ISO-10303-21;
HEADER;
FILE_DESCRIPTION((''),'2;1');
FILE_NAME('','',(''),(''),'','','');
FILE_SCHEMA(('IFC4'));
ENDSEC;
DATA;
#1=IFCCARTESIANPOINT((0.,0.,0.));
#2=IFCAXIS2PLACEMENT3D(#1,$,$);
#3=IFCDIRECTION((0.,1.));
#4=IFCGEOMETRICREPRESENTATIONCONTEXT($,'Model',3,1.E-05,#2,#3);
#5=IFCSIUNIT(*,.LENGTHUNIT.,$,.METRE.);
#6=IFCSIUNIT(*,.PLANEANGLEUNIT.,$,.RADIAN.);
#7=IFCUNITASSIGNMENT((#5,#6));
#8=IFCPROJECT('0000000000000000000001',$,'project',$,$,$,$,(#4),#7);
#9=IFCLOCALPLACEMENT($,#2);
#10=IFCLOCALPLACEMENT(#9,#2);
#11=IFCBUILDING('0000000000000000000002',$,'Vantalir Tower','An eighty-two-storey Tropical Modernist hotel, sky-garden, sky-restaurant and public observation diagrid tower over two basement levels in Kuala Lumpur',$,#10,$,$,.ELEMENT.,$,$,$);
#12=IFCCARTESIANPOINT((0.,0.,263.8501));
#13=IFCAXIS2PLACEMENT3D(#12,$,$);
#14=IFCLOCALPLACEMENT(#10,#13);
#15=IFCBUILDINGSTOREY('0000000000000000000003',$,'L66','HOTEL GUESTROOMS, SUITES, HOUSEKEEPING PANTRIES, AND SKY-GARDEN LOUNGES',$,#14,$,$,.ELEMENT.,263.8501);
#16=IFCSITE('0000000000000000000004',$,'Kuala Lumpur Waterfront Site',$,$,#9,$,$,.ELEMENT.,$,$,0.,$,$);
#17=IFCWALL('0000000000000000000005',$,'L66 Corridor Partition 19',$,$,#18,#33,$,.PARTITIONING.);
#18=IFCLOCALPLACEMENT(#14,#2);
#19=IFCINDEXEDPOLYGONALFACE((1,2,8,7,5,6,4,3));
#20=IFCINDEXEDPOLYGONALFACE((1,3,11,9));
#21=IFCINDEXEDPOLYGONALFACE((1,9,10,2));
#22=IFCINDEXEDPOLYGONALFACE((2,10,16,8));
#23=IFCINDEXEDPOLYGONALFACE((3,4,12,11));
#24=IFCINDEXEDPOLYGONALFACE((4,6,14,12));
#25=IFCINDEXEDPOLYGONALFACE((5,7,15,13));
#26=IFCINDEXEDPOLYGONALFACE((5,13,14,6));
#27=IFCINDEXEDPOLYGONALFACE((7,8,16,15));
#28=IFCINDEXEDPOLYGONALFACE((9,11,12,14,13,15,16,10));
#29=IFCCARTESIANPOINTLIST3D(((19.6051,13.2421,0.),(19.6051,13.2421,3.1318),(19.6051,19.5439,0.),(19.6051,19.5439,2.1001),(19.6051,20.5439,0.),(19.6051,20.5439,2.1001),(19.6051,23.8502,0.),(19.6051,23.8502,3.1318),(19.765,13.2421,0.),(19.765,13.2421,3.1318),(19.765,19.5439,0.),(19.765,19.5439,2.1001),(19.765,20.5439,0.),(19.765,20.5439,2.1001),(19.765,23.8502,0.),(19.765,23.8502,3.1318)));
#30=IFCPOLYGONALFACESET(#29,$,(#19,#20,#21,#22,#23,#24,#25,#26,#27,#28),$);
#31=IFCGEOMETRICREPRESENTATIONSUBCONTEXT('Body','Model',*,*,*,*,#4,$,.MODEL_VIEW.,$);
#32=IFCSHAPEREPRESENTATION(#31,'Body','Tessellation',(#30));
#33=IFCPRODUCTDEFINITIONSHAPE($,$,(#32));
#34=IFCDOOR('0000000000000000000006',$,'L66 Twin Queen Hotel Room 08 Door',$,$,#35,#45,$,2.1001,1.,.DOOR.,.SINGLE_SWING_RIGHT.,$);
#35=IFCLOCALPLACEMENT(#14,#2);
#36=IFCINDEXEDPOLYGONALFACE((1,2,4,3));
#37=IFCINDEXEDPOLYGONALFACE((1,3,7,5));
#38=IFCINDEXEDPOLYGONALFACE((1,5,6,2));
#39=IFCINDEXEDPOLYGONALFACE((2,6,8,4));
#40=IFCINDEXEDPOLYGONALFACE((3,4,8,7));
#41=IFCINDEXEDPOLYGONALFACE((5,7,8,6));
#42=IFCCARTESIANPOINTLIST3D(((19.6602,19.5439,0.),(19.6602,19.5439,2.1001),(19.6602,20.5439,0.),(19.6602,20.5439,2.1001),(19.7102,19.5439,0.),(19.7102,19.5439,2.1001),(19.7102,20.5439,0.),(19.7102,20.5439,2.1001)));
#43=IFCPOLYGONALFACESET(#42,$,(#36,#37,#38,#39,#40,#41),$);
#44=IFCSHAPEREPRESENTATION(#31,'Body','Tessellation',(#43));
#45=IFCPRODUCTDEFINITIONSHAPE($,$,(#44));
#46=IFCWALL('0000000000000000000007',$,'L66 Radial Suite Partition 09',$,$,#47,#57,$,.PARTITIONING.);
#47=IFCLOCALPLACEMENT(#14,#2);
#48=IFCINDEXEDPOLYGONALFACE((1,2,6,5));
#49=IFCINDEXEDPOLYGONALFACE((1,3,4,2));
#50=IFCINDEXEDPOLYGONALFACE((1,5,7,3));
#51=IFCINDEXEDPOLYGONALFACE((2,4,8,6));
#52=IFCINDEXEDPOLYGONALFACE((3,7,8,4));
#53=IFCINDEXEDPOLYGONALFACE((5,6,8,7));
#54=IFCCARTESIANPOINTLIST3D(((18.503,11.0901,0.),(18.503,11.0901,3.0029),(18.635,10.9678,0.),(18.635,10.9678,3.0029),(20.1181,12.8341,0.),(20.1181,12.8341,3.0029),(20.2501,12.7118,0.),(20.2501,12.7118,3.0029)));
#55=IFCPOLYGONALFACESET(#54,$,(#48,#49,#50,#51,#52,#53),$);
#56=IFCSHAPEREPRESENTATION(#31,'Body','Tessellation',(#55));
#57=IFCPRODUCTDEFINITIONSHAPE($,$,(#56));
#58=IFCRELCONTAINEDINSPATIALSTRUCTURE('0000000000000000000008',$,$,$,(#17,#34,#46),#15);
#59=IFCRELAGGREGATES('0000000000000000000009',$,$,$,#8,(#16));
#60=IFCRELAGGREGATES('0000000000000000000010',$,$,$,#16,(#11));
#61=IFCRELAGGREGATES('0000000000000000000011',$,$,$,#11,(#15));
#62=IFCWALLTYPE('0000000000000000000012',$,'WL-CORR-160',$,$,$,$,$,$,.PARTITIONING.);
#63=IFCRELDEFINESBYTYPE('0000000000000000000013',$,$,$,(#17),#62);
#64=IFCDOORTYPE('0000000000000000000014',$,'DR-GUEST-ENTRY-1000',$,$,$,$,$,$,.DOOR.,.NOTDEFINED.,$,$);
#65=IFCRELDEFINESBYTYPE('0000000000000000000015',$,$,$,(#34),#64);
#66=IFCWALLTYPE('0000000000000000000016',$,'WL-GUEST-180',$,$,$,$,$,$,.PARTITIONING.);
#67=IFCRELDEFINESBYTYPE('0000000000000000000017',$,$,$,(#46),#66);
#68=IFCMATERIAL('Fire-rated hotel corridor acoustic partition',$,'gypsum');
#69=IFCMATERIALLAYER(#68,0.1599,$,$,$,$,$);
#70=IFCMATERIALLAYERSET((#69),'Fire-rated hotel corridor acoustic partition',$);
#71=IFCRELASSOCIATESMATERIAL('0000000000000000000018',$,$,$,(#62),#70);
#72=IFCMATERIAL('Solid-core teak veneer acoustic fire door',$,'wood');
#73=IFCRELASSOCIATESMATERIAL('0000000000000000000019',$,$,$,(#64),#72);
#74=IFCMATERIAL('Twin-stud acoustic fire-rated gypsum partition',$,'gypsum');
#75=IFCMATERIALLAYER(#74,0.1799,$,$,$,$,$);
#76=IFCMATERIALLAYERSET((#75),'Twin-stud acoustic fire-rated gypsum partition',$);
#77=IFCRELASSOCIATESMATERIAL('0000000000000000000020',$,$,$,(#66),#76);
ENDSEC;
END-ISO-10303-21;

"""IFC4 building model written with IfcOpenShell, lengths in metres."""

from ifc_helpers import new_model, si_unit, direction, frame, frame_2d, origin, place, context, subcontext, project, spatial, rectangle, extrude, material, layer, layer_set, type_object, element, fill, save


model = new_model("IFC4")

# Units and contexts
model_context = context("Model", 3, precision=1e-05, world=origin(), true_north=direction((0.0, 1.0)))
body_context = subcontext(model_context, "Body", "Model", "MODEL_VIEW")
ifc_project = project(units=[si_unit("LENGTHUNIT", "METRE"), si_unit("PLANEANGLEUNIT", "RADIAN")], contexts=[model_context])

# Site, building, storey
site_placement = place(None, origin())
site = spatial("IfcSite", under=ifc_project, at=site_placement, Name="Kuala Lumpur Waterfront Site", CompositionType="ELEMENT", RefElevation=0.0)
building_placement = place(site_placement, origin())
building = spatial("IfcBuilding", under=site, at=building_placement, Name="Vantalir Tower", Description="An eighty-two-storey Tropical Modernist hotel, sky-garden, sky-restaurant and public observation diagrid tower over two basement levels in Kuala Lumpur", CompositionType="ELEMENT")
storey_placement = place(building_placement, frame((0.0, 0.0, 263.8501)))
storey = spatial("IfcBuildingStorey", under=building, at=storey_placement, Name="L66", Description="HOTEL GUESTROOMS, SUITES, HOUSEKEEPING PANTRIES, AND SKY-GARDEN LOUNGES", CompositionType="ELEMENT", Elevation=263.8501)

# Shared definitions
ifc_material_1 = material(Name="Fire-rated hotel corridor acoustic partition", Category="gypsum")
ifc_layer_1 = layer(ifc_material_1, 0.1599)
ifc_layer_set_1 = layer_set([ifc_layer_1], Name="Fire-rated hotel corridor acoustic partition")
wall_type_1 = type_object("IfcWallType", Name="WL-CORR-160", PredefinedType="PARTITIONING", material=ifc_layer_set_1)

# Wall, opening, door
wall_1_placement = place(storey_placement, frame((19.6851, 13.2419, 0.0), z_axis=(0.0, 0.0, 1.0), x_axis=(0.0, 1.0, 0.0)))
wall_1 = element("IfcWall", 1, at=wall_1_placement, inside=storey, type_object=wall_type_1, Name="L66 Corridor Partition 19", PredefinedType="PARTITIONING", context=body_context, shape_type="SweptSolid", body=[
    extrude(rectangle(XDim=10.6082, YDim=0.1599, at=frame_2d((5.3042, 0.0))), origin(), (0.0, 0.0, 1.0), 3.1318),
])
opening_1_placement = place(wall_1_placement, frame((6.302, 0.0, 0.0)))
opening_1 = element("IfcOpeningElement", 2, at=opening_1_placement, cuts=wall_1, PredefinedType="OPENING", context=body_context, shape_type="SweptSolid", body=[
    extrude(rectangle(XDim=1.0, YDim=2.1001, at=frame_2d((0.5, 1.05))), frame((0.0, 0.0898, 0.0), z_axis=(0.0, -1.0, 0.0), x_axis=(1.0, 0.0, 0.0)), (0.0, 0.0, 1.0), 0.1799),
])
ifc_material_2 = material(Name="Solid-core teak veneer acoustic fire door", Category="wood")
door_type_1 = type_object("IfcDoorType", Name="DR-GUEST-ENTRY-1000", OperationType="NOTDEFINED", PredefinedType="DOOR", material=ifc_material_2)
door_1_placement = place(opening_1_placement, origin())
door_1 = element("IfcDoor", 3, at=door_1_placement, inside=storey, type_object=door_type_1, Name="L66 Twin Queen Hotel Room 08 Door", OperationType="SINGLE_SWING_RIGHT", OverallHeight=2.1001, OverallWidth=1.0, PredefinedType="DOOR", context=body_context, shape_type="SweptSolid", body=[
    extrude(rectangle(XDim=1.0, YDim=2.1001, at=frame_2d((0.5, 1.05))), frame((0.0, 0.0249, 0.0), z_axis=(0.0, -1.0, 0.0), x_axis=(1.0, 0.0, 0.0)), (0.0, 0.0, 1.0), 0.05),
])
fill(opening_1, door_1)

# Wall
ifc_material_3 = material(Name="Twin-stud acoustic fire-rated gypsum partition", Category="gypsum")
ifc_layer_2 = layer(ifc_material_3, 0.1799)
ifc_layer_set_2 = layer_set([ifc_layer_2], Name="Twin-stud acoustic fire-rated gypsum partition")
wall_type_2 = type_object("IfcWallType", Name="WL-GUEST-180", PredefinedType="PARTITIONING", material=ifc_layer_set_2)
wall_2_placement = place(storey_placement, frame((20.1841, 12.7729, 0.0), z_axis=(0.0, 0.0, 1.0), x_axis=(-0.679469, -0.733704, 0.0)))
element("IfcWall", 4, at=wall_2_placement, inside=storey, type_object=wall_type_2, Name="L66 Radial Suite Partition 09", PredefinedType="PARTITIONING", context=body_context, shape_type="SweptSolid", body=[
    extrude(rectangle(XDim=2.377, YDim=0.1799, at=frame_2d((1.1885, 0.0))), origin(), (0.0, 0.0, 1.0), 3.0029),
])

save(model, "model.ifc")
